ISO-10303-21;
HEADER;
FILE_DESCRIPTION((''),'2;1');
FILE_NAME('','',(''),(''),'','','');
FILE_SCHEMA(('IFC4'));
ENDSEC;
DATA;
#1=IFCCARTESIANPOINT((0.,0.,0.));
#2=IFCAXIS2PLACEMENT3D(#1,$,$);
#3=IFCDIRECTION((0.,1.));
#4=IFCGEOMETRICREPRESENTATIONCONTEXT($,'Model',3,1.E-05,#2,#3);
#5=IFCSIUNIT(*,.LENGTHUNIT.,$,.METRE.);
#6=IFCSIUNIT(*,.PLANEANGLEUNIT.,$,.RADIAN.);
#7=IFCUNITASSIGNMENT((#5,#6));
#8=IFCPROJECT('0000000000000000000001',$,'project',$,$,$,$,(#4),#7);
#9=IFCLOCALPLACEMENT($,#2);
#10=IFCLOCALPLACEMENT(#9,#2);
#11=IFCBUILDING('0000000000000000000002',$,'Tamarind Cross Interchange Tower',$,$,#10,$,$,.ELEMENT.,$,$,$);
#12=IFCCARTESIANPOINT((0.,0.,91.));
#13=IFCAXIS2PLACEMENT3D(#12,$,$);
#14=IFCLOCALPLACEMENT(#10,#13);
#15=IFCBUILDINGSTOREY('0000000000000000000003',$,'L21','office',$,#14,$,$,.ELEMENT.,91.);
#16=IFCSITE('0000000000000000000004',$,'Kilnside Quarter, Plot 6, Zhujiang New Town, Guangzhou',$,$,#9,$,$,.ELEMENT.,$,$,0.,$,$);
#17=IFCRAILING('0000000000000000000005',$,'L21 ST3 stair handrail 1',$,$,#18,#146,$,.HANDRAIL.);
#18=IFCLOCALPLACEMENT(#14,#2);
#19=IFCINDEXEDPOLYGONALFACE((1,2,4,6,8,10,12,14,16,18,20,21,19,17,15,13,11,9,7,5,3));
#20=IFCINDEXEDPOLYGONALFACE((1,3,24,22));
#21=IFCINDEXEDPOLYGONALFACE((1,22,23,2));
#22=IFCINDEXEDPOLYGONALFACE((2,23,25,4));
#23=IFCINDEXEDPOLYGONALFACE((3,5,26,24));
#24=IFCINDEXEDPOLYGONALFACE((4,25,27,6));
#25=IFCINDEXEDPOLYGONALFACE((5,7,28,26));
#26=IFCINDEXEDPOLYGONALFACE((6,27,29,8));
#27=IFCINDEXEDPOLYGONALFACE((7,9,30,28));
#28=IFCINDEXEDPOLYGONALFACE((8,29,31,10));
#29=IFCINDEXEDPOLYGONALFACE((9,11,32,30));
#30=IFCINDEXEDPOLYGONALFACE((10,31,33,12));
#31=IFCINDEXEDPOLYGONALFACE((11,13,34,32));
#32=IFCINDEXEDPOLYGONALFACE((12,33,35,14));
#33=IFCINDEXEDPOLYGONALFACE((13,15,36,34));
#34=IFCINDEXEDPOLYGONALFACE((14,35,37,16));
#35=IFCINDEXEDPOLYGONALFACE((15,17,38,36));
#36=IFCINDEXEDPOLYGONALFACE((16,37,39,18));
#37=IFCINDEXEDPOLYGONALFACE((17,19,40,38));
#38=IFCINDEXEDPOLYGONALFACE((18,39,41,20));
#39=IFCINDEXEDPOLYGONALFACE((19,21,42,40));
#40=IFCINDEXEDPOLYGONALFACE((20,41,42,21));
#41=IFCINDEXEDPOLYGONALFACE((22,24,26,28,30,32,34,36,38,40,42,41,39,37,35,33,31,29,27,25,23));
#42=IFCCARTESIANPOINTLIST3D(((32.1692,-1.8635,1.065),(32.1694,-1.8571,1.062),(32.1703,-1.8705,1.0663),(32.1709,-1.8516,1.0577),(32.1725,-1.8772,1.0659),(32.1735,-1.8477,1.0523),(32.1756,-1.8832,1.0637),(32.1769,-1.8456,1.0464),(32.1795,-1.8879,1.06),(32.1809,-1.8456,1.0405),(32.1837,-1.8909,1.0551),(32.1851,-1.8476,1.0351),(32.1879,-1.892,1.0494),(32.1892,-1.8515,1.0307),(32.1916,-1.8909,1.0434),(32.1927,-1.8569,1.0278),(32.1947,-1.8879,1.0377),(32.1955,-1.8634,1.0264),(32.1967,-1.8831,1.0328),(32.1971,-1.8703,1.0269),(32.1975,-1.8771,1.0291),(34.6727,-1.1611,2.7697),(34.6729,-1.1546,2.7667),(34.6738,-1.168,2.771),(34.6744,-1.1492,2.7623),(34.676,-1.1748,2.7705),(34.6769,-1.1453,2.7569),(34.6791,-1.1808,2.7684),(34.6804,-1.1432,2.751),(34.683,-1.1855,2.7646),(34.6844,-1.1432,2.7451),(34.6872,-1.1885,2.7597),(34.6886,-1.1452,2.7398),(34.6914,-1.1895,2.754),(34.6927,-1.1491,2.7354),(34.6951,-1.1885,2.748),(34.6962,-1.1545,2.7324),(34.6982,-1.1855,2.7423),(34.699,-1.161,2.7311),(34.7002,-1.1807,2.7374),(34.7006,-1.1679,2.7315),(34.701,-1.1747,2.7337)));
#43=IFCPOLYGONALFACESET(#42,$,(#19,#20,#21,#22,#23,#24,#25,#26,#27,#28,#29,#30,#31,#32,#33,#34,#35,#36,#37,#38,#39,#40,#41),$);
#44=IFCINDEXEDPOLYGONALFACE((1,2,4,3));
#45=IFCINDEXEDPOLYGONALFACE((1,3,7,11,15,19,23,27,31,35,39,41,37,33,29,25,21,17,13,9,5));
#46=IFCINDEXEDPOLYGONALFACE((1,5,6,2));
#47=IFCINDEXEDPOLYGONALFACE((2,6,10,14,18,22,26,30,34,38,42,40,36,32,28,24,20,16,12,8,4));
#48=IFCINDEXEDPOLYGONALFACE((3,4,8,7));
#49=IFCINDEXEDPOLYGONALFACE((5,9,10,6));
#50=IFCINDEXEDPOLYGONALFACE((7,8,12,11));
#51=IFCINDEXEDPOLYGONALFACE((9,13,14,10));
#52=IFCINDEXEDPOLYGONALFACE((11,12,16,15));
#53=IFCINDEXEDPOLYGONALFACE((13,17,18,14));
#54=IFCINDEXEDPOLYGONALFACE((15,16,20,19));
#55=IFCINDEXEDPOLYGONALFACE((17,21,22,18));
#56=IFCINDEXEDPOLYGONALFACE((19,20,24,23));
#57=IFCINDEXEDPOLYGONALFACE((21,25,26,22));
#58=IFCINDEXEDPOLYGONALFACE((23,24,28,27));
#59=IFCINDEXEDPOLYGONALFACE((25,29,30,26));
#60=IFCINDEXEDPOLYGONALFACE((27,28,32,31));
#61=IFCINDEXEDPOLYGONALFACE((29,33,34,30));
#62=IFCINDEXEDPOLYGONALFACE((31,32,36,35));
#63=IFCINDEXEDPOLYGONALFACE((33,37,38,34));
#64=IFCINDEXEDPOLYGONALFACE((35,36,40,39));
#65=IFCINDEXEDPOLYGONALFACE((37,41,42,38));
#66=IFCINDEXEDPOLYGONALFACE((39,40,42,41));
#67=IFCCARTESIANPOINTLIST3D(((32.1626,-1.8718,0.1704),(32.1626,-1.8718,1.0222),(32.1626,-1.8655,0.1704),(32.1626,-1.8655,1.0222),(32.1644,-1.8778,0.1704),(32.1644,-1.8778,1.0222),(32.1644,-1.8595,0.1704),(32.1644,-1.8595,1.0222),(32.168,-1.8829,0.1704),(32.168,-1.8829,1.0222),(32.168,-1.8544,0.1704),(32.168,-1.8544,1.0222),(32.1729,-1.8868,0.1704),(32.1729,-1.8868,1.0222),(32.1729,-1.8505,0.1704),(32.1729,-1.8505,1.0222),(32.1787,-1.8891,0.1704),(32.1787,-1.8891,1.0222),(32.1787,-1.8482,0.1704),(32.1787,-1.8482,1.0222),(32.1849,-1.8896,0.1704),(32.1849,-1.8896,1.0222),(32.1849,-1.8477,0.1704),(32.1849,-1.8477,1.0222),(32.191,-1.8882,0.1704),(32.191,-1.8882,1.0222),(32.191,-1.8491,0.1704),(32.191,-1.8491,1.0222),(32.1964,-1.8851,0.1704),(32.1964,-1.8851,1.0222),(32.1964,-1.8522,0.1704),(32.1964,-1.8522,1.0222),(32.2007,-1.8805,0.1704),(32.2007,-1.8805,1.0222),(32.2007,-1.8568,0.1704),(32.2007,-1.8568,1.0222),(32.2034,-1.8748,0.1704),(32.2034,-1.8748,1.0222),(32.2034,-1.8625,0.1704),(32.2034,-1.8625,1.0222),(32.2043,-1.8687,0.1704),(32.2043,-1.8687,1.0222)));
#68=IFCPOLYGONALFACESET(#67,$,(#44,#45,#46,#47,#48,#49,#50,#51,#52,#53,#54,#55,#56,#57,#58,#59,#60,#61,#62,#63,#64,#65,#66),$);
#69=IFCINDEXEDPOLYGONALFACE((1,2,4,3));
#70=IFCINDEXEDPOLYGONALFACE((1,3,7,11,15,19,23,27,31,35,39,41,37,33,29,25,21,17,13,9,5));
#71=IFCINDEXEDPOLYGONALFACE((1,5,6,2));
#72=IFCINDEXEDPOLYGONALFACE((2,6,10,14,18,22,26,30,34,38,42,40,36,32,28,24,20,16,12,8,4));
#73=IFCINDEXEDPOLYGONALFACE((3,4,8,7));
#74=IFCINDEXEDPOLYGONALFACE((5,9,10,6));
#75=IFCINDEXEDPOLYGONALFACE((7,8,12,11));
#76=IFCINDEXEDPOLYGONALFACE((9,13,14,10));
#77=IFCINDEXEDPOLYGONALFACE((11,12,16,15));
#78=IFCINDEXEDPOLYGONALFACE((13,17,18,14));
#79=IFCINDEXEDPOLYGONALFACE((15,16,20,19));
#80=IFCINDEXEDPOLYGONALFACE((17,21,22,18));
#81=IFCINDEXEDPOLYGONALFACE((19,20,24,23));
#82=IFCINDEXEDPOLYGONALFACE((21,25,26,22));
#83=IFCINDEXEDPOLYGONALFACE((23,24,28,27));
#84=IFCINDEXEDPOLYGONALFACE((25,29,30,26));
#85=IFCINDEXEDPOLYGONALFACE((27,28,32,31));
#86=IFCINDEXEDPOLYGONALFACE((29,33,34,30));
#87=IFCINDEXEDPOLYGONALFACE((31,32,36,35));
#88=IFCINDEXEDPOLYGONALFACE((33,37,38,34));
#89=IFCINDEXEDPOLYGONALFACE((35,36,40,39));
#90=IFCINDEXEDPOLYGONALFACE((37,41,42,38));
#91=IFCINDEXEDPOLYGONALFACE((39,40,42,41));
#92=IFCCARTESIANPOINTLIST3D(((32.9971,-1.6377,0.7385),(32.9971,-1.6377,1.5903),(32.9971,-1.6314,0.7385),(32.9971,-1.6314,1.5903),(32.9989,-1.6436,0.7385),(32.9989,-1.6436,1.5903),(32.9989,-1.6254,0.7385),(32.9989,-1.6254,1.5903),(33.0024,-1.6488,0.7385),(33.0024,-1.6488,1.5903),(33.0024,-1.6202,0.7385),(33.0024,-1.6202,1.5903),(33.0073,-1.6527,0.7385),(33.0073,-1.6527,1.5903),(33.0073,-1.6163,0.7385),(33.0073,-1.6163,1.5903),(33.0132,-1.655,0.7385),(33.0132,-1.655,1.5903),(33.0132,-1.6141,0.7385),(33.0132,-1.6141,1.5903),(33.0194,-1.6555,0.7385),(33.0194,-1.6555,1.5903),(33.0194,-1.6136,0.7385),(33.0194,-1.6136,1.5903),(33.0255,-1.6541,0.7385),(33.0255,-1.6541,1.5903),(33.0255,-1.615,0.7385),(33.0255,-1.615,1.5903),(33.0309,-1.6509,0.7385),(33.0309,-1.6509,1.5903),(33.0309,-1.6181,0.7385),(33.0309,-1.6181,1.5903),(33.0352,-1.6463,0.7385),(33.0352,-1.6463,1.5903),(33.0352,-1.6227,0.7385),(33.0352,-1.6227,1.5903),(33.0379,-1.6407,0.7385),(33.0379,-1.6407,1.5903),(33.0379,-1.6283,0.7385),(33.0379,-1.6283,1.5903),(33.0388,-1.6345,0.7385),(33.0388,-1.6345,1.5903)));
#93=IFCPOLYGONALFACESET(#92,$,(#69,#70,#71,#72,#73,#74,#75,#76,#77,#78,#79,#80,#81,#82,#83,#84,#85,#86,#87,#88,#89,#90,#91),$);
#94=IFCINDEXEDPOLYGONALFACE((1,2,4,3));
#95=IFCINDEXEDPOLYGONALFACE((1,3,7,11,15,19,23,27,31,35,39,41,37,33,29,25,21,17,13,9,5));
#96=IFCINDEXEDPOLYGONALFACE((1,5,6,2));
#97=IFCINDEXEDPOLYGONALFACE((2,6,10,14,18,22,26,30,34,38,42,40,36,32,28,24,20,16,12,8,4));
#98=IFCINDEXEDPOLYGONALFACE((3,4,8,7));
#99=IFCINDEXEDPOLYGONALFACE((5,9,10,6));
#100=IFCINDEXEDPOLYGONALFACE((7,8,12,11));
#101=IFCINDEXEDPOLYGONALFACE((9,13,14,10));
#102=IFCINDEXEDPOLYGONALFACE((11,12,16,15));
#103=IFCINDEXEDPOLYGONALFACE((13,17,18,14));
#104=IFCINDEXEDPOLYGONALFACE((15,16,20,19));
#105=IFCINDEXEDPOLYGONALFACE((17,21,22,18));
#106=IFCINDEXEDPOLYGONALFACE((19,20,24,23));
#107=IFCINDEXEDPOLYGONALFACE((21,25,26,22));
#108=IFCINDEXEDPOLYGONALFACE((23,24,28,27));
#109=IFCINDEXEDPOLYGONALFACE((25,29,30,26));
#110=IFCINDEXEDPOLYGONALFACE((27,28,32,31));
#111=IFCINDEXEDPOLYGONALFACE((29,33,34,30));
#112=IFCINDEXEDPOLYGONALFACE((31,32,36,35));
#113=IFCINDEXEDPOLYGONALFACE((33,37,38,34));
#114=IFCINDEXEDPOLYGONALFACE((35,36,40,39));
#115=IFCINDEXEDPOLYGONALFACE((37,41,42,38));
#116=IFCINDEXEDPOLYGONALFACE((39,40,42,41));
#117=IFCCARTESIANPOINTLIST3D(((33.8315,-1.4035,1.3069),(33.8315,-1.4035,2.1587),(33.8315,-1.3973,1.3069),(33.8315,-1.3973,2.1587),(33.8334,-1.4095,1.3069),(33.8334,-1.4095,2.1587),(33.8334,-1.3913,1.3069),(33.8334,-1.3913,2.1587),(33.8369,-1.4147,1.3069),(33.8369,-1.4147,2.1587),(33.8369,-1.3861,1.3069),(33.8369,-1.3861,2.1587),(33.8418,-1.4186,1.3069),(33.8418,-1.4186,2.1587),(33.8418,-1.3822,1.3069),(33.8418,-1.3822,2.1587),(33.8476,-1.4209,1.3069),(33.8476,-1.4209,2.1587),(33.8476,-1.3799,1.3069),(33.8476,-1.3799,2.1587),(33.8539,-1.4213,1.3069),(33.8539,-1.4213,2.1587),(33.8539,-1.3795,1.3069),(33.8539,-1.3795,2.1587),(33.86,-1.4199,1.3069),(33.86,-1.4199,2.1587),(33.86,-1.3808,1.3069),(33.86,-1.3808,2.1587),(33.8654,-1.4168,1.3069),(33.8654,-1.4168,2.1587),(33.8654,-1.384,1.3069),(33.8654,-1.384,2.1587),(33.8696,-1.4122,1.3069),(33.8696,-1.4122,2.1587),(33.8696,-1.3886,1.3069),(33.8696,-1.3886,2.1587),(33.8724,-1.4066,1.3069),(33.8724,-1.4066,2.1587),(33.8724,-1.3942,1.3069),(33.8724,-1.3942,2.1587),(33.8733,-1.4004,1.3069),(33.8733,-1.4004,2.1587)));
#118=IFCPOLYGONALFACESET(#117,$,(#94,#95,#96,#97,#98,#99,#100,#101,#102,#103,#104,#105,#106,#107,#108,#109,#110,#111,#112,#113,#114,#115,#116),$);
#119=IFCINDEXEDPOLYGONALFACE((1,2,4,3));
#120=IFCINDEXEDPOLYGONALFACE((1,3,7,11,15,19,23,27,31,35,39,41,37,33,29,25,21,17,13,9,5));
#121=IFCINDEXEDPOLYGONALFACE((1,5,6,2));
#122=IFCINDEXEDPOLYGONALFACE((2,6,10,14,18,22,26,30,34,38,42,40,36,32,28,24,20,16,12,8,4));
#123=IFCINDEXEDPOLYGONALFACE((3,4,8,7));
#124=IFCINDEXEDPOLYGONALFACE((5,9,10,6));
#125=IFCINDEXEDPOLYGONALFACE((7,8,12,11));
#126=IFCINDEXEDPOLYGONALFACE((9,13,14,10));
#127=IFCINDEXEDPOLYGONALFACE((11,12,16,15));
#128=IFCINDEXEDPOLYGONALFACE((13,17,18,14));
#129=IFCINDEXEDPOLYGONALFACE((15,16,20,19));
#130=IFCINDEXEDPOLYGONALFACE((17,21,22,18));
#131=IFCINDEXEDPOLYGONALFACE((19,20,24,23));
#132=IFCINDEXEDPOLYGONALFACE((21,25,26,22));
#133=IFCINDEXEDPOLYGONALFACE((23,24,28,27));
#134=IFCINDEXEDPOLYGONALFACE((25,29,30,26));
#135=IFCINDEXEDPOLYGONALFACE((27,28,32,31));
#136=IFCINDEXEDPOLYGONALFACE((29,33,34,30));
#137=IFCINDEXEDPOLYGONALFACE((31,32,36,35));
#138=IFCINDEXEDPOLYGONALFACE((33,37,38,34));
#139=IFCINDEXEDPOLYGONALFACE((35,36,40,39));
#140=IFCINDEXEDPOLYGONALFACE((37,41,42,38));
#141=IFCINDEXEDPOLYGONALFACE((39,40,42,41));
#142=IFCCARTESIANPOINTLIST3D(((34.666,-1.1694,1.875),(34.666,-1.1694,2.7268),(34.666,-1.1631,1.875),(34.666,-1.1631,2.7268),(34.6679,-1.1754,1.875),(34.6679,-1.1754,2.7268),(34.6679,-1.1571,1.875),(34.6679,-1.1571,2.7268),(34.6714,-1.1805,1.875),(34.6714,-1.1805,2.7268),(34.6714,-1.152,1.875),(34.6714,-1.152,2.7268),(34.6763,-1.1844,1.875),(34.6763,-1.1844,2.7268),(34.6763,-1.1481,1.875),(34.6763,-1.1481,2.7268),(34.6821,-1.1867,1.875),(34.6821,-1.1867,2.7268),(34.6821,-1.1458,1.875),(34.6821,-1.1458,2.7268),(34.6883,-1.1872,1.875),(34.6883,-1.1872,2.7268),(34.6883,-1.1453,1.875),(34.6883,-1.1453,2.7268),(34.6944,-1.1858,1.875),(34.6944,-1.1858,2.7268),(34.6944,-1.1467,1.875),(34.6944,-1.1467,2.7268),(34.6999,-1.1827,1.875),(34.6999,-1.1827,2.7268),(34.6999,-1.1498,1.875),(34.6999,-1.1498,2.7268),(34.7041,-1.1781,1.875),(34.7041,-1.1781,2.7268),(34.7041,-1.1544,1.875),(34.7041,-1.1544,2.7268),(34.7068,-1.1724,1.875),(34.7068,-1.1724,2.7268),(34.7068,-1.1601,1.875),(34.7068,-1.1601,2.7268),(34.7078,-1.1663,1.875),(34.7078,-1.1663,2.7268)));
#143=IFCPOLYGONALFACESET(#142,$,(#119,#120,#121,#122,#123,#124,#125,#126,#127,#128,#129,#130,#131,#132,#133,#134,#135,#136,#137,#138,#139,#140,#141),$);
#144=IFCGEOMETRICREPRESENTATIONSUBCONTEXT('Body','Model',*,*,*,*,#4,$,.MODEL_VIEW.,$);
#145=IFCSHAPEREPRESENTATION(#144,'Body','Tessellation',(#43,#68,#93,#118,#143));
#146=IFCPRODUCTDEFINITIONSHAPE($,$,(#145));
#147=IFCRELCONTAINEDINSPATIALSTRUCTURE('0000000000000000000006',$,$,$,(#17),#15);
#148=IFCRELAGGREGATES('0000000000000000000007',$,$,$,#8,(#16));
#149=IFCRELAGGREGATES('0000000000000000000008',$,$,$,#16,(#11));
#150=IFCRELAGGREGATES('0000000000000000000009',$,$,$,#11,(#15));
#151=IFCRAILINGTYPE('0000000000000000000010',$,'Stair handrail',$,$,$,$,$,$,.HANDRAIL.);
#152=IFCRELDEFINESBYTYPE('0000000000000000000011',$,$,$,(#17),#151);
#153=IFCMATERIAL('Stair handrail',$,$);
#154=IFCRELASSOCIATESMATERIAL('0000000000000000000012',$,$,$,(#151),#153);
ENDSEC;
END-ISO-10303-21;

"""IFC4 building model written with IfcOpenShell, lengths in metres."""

from ifc_helpers import new_model, si_unit, direction, frame, origin, origin_2d, place, context, subcontext, project, spatial, circle, extrude, material, type_object, element, save


model = new_model("IFC4")

# Units and contexts
model_context = context("Model", 3, precision=1e-05, world=origin(), true_north=direction((0.0, 1.0)))
body_context = subcontext(model_context, "Body", "Model", "MODEL_VIEW")
ifc_project = project(units=[si_unit("LENGTHUNIT", "METRE"), si_unit("PLANEANGLEUNIT", "RADIAN")], contexts=[model_context])

# Site, building, storey
site_placement = place(None, origin())
site = spatial("IfcSite", under=ifc_project, at=site_placement, Name="Kilnside Quarter, Plot 6, Zhujiang New Town, Guangzhou", CompositionType="ELEMENT", RefElevation=0.0)
building_placement = place(site_placement, origin())
building = spatial("IfcBuilding", under=site, at=building_placement, Name="Tamarind Cross Interchange Tower", CompositionType="ELEMENT")
storey_placement = place(building_placement, frame((0.0, 0.0, 91.0)))
storey = spatial("IfcBuildingStorey", under=building, at=storey_placement, Name="L21", Description="office", CompositionType="ELEMENT", Elevation=91.0)

# Railing
ifc_material_1 = material(Name="Stair handrail")
railing_type_1 = type_object("IfcRailingType", Name="Stair handrail", PredefinedType="HANDRAIL", material=ifc_material_1)
railing_1_placement = place(storey_placement, frame((32.1833, -1.8687, 0.1704)))
element("IfcRailing", 1, at=railing_1_placement, inside=storey, type_object=railing_type_1, Name="L21 ST3 stair handrail 1", PredefinedType="HANDRAIL", context=body_context, shape_type="SweptSolid", body=[
    extrude(circle(Radius=0.0239, at=origin_2d()), frame((0.0, 0.0, 0.876), z_axis=(0.805208, 0.22592, 0.54827), x_axis=(-0.270142, 0.962821, 0.0)), (0.0, 0.0, 1.0), 3.1091),
    extrude(circle(Radius=0.021, at=origin_2d()), origin(), (0.0, 0.0, 1.0), 0.8518),
    extrude(circle(Radius=0.021, at=origin_2d()), frame((0.8345, 0.2341, 0.5681)), (0.0, 0.0, 1.0), 0.8518),
    extrude(circle(Radius=0.021, at=origin_2d()), frame((1.6689, 0.4683, 1.1365)), (0.0, 0.0, 1.0), 0.8518),
    extrude(circle(Radius=0.021, at=origin_2d()), frame((2.5034, 0.7024, 1.7046)), (0.0, 0.0, 1.0), 0.8518),
])

save(model, "model.ifc")
